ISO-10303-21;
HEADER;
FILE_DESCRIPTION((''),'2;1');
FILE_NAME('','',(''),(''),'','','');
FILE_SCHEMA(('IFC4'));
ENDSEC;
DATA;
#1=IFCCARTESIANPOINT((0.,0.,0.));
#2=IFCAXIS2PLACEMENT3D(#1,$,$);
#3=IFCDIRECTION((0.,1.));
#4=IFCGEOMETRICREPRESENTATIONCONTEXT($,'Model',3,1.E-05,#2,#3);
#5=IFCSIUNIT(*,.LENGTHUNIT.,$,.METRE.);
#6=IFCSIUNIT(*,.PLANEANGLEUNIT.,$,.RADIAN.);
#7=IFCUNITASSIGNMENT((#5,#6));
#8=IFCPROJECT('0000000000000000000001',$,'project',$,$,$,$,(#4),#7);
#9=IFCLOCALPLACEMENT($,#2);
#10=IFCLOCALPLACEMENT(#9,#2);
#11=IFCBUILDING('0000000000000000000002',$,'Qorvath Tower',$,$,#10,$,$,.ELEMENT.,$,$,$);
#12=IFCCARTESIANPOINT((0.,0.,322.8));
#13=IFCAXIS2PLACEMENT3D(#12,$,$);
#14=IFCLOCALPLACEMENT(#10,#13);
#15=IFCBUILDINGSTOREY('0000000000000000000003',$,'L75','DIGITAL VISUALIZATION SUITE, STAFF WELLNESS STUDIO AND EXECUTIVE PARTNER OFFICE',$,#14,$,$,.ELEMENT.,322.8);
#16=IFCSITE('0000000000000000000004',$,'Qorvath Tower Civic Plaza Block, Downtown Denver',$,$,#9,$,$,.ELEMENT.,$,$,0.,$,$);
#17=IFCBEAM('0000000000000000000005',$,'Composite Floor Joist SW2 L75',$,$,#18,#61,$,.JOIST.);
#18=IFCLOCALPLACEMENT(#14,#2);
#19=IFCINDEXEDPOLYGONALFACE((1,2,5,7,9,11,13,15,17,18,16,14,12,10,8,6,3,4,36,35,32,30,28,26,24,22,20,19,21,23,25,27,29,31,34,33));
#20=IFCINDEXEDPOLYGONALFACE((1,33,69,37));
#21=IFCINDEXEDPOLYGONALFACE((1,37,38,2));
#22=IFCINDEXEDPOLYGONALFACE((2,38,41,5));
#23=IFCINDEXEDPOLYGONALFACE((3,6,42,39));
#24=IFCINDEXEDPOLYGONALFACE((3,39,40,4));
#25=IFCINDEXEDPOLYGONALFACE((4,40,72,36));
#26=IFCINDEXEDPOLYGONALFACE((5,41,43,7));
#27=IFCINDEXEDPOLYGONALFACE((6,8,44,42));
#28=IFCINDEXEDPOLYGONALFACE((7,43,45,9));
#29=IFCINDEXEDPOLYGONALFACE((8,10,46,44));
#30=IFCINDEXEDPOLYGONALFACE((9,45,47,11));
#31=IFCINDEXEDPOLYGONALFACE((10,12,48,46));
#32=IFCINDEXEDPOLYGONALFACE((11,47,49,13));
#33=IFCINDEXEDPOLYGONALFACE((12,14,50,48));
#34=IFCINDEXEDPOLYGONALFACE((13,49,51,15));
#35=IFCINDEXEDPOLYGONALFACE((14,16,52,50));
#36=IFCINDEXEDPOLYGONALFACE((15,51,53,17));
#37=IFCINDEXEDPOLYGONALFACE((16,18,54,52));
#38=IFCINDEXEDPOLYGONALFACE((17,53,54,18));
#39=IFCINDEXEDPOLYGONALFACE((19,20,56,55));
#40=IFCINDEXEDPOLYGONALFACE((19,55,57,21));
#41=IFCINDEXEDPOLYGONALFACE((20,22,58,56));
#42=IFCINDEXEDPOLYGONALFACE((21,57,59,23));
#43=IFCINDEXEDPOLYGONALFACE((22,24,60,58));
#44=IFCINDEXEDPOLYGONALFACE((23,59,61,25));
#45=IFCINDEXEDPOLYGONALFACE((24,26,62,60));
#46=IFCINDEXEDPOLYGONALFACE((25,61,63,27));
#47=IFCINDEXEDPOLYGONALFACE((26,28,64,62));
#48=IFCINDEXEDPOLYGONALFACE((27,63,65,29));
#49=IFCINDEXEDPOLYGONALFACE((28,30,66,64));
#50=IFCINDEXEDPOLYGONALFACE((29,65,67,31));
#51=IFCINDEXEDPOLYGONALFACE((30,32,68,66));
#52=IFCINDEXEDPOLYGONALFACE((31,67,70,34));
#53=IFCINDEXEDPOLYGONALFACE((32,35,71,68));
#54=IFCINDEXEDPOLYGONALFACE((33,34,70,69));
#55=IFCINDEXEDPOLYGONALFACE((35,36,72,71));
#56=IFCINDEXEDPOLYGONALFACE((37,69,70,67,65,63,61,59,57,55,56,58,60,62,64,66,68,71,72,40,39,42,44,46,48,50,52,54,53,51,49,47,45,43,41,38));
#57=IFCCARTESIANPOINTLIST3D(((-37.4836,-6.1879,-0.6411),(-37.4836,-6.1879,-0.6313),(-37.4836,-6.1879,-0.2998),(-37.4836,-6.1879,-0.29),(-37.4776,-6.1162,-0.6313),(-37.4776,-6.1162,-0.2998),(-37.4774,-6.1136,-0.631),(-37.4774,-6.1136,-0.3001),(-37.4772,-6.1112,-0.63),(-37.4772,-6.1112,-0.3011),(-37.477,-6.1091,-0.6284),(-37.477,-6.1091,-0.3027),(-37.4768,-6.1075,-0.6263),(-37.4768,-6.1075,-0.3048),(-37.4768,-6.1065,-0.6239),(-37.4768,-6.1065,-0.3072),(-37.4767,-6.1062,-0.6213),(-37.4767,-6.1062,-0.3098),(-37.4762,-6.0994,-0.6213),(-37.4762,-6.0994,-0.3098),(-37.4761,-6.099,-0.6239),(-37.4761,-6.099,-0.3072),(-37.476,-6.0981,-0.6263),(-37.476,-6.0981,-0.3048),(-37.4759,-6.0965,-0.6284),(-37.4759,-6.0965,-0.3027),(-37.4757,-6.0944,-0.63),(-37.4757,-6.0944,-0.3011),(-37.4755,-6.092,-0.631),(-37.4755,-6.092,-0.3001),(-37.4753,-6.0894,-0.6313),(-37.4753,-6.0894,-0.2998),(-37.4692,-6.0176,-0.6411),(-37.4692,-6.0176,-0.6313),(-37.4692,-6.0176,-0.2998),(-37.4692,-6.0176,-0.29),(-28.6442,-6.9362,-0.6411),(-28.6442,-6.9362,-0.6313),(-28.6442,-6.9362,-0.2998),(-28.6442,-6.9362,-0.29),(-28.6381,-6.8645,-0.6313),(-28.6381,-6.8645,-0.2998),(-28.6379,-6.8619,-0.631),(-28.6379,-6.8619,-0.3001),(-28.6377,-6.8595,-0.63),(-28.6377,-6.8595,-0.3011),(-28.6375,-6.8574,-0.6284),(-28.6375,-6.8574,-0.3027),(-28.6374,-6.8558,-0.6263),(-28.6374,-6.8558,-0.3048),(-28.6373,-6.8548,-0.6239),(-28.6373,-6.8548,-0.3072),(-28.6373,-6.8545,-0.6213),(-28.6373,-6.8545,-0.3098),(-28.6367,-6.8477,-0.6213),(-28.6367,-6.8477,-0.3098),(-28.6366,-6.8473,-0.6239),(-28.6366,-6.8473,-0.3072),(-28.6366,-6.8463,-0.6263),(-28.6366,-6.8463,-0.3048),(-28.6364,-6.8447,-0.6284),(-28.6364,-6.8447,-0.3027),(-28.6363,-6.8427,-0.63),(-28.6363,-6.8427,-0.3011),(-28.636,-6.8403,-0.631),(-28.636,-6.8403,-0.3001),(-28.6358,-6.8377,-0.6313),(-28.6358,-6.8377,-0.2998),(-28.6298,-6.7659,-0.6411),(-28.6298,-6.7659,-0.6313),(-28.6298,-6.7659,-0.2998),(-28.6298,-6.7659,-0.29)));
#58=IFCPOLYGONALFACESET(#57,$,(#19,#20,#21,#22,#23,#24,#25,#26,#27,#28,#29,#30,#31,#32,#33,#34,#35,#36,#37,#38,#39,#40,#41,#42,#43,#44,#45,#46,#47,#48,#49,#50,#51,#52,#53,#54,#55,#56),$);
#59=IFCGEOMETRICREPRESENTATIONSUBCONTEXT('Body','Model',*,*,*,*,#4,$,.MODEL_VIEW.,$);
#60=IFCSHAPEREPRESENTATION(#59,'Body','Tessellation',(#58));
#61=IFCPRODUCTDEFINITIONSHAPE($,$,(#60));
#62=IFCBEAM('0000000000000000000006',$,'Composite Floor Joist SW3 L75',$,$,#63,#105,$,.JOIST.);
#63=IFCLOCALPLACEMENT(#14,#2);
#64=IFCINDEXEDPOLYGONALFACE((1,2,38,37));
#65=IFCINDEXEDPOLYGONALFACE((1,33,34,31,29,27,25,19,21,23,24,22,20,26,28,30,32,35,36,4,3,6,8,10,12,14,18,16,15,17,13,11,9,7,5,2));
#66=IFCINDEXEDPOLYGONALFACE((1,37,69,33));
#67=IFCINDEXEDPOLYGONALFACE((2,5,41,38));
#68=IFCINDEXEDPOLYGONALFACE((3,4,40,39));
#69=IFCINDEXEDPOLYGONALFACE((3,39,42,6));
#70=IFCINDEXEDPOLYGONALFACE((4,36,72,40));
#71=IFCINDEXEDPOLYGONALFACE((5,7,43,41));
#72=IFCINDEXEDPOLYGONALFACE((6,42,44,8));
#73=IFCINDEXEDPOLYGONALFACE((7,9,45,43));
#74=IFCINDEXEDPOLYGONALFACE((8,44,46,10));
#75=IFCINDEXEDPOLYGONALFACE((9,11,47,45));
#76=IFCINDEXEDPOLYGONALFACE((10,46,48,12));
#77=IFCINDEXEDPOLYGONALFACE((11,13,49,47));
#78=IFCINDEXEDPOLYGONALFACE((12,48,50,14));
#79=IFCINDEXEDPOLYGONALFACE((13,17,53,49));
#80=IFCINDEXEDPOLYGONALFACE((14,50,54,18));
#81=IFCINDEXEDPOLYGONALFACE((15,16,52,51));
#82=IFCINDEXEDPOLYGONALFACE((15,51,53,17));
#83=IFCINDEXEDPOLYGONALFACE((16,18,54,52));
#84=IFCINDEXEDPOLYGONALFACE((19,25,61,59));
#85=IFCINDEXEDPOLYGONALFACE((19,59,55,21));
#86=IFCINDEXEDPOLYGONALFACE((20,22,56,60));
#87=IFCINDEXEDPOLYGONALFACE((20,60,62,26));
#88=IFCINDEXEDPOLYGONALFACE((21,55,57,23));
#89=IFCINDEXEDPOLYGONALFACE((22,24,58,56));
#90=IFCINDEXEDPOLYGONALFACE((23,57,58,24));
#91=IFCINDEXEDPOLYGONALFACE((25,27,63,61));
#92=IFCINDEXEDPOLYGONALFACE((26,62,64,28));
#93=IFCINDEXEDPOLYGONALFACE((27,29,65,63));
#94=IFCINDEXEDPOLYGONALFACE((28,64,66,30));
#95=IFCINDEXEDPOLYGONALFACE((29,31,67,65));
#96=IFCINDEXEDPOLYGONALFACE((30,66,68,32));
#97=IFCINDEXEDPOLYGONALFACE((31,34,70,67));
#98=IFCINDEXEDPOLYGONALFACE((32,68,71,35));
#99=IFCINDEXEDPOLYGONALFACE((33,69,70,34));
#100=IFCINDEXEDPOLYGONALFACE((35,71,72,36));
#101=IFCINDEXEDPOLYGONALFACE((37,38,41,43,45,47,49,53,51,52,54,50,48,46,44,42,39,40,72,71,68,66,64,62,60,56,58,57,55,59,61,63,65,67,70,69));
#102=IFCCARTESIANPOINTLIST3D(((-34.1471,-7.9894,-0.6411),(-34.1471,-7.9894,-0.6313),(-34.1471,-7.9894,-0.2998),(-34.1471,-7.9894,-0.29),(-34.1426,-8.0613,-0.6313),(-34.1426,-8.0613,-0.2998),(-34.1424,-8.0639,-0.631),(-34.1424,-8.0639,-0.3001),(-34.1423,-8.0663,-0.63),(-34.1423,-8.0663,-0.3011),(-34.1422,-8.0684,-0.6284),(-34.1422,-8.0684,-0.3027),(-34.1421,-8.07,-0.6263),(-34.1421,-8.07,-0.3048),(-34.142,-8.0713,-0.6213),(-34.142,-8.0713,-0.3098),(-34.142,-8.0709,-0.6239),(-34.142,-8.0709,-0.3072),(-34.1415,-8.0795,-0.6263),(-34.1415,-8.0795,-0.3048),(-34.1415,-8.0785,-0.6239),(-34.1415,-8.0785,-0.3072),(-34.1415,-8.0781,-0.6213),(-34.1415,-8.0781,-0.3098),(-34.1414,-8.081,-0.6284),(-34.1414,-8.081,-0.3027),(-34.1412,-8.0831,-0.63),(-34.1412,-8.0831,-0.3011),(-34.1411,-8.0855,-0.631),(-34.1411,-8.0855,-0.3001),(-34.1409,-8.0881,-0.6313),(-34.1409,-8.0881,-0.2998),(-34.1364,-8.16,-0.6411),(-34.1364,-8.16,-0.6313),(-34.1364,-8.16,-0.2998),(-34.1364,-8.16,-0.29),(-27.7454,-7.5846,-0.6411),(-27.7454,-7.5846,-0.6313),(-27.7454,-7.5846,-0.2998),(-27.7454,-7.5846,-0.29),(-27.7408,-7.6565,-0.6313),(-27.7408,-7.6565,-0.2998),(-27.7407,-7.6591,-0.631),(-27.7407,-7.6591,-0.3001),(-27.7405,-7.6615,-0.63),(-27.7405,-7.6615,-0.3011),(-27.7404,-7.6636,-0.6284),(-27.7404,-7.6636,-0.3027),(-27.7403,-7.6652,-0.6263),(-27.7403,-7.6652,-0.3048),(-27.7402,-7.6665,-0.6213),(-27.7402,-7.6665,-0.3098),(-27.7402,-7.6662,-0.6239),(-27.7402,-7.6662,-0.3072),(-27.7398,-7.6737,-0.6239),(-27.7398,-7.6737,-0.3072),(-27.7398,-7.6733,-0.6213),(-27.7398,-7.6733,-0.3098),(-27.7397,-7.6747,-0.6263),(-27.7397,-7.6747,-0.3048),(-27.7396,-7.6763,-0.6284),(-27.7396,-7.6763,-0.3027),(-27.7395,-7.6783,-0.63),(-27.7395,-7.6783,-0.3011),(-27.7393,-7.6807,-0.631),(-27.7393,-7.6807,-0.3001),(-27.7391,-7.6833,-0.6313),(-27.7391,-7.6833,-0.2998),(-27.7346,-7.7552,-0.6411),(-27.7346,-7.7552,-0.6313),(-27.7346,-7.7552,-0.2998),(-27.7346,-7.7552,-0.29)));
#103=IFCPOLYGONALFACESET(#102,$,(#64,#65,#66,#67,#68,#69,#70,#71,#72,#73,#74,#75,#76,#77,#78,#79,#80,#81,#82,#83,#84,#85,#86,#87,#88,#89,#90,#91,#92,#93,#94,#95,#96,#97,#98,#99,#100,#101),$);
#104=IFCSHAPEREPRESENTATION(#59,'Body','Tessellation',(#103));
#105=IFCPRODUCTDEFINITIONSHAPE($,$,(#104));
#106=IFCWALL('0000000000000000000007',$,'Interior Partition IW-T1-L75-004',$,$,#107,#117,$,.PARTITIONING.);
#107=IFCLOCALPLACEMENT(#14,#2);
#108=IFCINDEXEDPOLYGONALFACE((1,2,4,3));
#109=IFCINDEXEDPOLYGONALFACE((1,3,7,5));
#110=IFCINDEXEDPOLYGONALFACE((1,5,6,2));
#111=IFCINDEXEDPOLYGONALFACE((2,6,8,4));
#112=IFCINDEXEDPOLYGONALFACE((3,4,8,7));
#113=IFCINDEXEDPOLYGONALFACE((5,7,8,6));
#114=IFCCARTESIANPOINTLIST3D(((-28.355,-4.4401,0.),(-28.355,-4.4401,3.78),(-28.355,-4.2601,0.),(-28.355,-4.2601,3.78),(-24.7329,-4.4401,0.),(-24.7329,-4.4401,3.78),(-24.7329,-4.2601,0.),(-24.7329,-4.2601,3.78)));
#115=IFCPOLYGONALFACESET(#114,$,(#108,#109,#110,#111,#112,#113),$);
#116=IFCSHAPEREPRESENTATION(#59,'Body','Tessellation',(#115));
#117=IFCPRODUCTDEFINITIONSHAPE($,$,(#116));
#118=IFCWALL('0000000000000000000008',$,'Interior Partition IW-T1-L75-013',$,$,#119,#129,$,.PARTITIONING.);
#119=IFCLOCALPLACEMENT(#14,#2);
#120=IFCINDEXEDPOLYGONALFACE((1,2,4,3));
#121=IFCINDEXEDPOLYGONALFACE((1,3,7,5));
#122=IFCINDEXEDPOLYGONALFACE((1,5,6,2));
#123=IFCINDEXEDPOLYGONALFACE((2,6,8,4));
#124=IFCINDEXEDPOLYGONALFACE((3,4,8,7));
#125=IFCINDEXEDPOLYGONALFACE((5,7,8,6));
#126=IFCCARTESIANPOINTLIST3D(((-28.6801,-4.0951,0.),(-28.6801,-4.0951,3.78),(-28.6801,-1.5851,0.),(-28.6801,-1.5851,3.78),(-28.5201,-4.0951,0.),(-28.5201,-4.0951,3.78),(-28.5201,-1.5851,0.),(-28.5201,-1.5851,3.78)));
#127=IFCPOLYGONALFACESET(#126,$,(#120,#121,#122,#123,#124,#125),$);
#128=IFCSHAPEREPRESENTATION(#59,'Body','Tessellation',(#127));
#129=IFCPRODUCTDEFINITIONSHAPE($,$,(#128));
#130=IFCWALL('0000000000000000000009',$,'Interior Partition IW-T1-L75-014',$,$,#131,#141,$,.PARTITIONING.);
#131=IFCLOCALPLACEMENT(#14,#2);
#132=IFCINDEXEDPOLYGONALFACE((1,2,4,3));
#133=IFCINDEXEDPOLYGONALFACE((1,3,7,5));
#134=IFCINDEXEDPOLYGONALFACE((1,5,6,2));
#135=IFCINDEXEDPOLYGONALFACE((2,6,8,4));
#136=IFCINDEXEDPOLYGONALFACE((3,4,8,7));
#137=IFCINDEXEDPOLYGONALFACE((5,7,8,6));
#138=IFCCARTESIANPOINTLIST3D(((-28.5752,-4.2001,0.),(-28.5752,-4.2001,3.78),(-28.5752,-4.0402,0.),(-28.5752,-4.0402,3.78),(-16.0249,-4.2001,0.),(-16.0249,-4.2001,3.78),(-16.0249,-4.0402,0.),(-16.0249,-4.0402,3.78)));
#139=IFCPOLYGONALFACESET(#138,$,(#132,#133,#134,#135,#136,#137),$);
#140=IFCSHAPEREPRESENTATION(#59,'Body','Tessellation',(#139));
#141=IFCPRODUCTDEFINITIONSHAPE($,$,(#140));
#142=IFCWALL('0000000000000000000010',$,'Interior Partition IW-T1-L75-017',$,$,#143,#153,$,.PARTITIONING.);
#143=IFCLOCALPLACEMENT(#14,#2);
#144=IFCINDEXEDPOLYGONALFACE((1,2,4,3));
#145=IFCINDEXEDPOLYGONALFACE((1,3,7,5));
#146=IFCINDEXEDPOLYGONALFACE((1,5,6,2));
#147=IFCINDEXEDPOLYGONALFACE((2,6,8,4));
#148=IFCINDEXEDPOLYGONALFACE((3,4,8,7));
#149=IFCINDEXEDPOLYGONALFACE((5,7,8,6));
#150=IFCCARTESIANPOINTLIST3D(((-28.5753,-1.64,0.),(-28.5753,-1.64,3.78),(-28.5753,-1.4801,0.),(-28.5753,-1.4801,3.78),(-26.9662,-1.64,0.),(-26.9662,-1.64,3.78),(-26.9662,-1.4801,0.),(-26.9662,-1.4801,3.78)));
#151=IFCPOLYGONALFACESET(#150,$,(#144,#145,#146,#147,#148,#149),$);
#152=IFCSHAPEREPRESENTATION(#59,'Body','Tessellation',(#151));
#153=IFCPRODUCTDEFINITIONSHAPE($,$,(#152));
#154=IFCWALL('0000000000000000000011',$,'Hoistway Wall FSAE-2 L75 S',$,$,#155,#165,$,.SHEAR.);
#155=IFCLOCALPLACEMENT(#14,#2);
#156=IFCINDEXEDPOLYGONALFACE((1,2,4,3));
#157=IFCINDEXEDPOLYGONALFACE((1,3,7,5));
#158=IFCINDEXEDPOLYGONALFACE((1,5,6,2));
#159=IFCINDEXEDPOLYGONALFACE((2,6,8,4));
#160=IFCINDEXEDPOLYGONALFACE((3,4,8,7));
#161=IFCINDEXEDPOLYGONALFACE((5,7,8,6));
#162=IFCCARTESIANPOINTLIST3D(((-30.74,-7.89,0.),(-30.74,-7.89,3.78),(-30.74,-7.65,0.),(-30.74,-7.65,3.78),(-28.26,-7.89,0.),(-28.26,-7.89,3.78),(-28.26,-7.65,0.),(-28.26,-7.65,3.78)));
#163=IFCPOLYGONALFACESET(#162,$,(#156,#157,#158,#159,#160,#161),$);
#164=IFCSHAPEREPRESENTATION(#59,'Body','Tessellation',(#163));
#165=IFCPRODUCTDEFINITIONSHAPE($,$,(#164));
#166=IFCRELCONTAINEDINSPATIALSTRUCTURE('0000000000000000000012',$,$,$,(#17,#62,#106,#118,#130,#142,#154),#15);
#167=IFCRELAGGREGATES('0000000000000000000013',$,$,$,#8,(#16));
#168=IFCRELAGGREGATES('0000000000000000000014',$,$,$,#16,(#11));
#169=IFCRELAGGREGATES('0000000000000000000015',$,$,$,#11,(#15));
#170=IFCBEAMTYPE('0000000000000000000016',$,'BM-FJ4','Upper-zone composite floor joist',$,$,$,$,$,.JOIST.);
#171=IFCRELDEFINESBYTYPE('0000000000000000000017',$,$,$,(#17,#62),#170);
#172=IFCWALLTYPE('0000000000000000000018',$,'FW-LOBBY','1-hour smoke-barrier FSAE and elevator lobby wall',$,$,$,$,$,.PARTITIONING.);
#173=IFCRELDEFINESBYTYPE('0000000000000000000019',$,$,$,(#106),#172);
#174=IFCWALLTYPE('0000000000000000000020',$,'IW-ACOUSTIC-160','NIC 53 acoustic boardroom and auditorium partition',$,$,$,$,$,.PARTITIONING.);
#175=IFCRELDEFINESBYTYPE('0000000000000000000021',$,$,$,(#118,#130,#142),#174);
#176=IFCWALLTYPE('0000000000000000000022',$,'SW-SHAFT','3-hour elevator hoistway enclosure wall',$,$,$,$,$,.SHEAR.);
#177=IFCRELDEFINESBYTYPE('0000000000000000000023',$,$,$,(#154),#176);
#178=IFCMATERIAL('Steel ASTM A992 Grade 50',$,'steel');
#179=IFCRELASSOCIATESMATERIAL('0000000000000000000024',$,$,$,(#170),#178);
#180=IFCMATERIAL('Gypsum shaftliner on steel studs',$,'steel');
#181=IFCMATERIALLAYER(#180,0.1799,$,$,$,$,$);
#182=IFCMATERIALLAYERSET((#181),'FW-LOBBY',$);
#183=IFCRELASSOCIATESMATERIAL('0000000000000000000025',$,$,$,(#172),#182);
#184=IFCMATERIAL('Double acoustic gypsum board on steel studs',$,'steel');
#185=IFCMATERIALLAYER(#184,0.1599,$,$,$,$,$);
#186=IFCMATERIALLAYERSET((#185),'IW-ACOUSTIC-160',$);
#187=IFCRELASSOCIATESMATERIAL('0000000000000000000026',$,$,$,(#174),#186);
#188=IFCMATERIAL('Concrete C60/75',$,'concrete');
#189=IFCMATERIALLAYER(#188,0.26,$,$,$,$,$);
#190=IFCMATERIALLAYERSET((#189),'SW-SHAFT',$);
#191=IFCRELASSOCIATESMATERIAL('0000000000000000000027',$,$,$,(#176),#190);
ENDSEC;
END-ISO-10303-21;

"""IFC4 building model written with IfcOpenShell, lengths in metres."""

from ifc_helpers import new_model, si_unit, direction, frame, frame_2d, origin, origin_2d, place, context, subcontext, project, spatial, rectangle, i_section, extrude, material, layer, layer_set, material_profile, profile_set, type_object, element, save


model = new_model("IFC4")

# Units and contexts
model_context = context("Model", 3, precision=1e-05, world=origin(), true_north=direction((0.0, 1.0)))
body_context = subcontext(model_context, "Body", "Model", "MODEL_VIEW")
ifc_project = project(units=[si_unit("LENGTHUNIT", "METRE"), si_unit("PLANEANGLEUNIT", "RADIAN")], contexts=[model_context])

# Site, building, storey
site_placement = place(None, origin())
site = spatial("IfcSite", under=ifc_project, at=site_placement, Name="Qorvath Tower Civic Plaza Block, Downtown Denver", CompositionType="ELEMENT", RefElevation=0.0)
building_placement = place(site_placement, origin())
building = spatial("IfcBuilding", under=site, at=building_placement, Name="Qorvath Tower", CompositionType="ELEMENT")
storey_placement = place(building_placement, frame((0.0, 0.0, 322.8)))
storey = spatial("IfcBuildingStorey", under=building, at=storey_placement, Name="L75", Description="DIGITAL VISUALIZATION SUITE, STAFF WELLNESS STUDIO AND EXECUTIVE PARTNER OFFICE", CompositionType="ELEMENT", Elevation=322.8)

# Beams
ifc_material_1 = material(Name="Steel ASTM A992 Grade 50", Category="steel")
ifc_material_profile = material_profile(ifc_material_1, i_section(OverallWidth=0.1709, OverallDepth=0.3511, WebThickness=0.0068, FlangeThickness=0.0098, FilletRadius=0.01, at=origin_2d()), Name="W14x30")
ifc_profile_set = profile_set([ifc_material_profile], Name="Steel ASTM A992 Grade 50")
beam_type = type_object("IfcBeamType", Name="BM-FJ4", Description="Upper-zone composite floor joist", PredefinedType="JOIST", material=ifc_profile_set)
beam_1_placement = place(storey_placement, frame((-28.637, -6.8511, -0.4656), z_axis=(-0.996436, 0.08435, 0.0), x_axis=(-0.08435, -0.996436, 0.0)))
element("IfcBeam", 1, at=beam_1_placement, inside=storey, type_object=beam_type, Name="Composite Floor Joist SW2 L75", PredefinedType="JOIST", context=body_context, shape_type="SweptSolid", body=[
    extrude(i_section(OverallWidth=0.1709, OverallDepth=0.3511, WebThickness=0.0068, FlangeThickness=0.0098, FilletRadius=0.01, at=origin_2d()), origin(), (0.0, 0.0, 1.0), 8.8711),
])
beam_2_placement = place(storey_placement, frame((-27.74, -7.6699, -0.4656), z_axis=(-0.998007, -0.063103, 0.0), x_axis=(0.063103, -0.998007, 0.0)))
element("IfcBeam", 2, at=beam_2_placement, inside=storey, type_object=beam_type, Name="Composite Floor Joist SW3 L75", PredefinedType="JOIST", context=body_context, shape_type="SweptSolid", body=[
    extrude(i_section(OverallWidth=0.1709, OverallDepth=0.3511, WebThickness=0.0068, FlangeThickness=0.0098, FilletRadius=0.01, at=origin_2d()), origin(), (0.0, 0.0, 1.0), 6.4146),
])

# Shared definitions
ifc_material_2 = material(Name="Gypsum shaftliner on steel studs", Category="steel")
ifc_layer_1 = layer(ifc_material_2, 0.1799)
ifc_layer_set_1 = layer_set([ifc_layer_1], Name="FW-LOBBY")
wall_type_1 = type_object("IfcWallType", Name="FW-LOBBY", Description="1-hour smoke-barrier FSAE and elevator lobby wall", PredefinedType="PARTITIONING", material=ifc_layer_set_1)

# Walls
wall_1_placement = place(storey_placement, frame((-24.7329, -4.3501, 0.0), z_axis=(0.0, 0.0, 1.0), x_axis=(-1.0, 0.0, 0.0)))
element("IfcWall", 3, at=wall_1_placement, inside=storey, type_object=wall_type_1, Name="Interior Partition IW-T1-L75-004", PredefinedType="PARTITIONING", context=body_context, shape_type="SweptSolid", body=[
    extrude(rectangle(XDim=3.6221, YDim=0.1799, at=frame_2d((1.811, 0.0))), origin(), (0.0, 0.0, 1.0), 3.78),
])
ifc_material_3 = material(Name="Double acoustic gypsum board on steel studs", Category="steel")
ifc_layer_2 = layer(ifc_material_3, 0.1599)
ifc_layer_set_2 = layer_set([ifc_layer_2], Name="IW-ACOUSTIC-160")
wall_type_2 = type_object("IfcWallType", Name="IW-ACOUSTIC-160", Description="NIC 53 acoustic boardroom and auditorium partition", PredefinedType="PARTITIONING", material=ifc_layer_set_2)
wall_2_placement = place(storey_placement, frame((-28.6001, -1.5852, 0.0), z_axis=(0.0, 0.0, 1.0), x_axis=(0.0, -1.0, 0.0)))
element("IfcWall", 4, at=wall_2_placement, inside=storey, type_object=wall_type_2, Name="Interior Partition IW-T1-L75-013", PredefinedType="PARTITIONING", context=body_context, shape_type="SweptSolid", body=[
    extrude(rectangle(XDim=2.51, YDim=0.1599, at=frame_2d((1.2549, 0.0))), origin(), (0.0, 0.0, 1.0), 3.78),
])
wall_3_placement = place(storey_placement, frame((-28.5752, -4.1201, 0.0), z_axis=(0.0, 0.0, 1.0), x_axis=(1.0, 0.0, 0.0)))
element("IfcWall", 5, at=wall_3_placement, inside=storey, type_object=wall_type_2, Name="Interior Partition IW-T1-L75-014", PredefinedType="PARTITIONING", context=body_context, shape_type="SweptSolid", body=[
    extrude(rectangle(XDim=12.5503, YDim=0.1599, at=frame_2d((6.2751, 0.0))), origin(), (0.0, 0.0, 1.0), 3.78),
])
wall_4_placement = place(storey_placement, frame((-26.9661, -1.5601, 0.0), z_axis=(0.0, 0.0, 1.0), x_axis=(-1.0, 0.0, 0.0)))
element("IfcWall", 6, at=wall_4_placement, inside=storey, type_object=wall_type_2, Name="Interior Partition IW-T1-L75-017", PredefinedType="PARTITIONING", context=body_context, shape_type="SweptSolid", body=[
    extrude(rectangle(XDim=1.6091, YDim=0.1599, at=frame_2d((0.8047, 0.0))), origin(), (0.0, 0.0, 1.0), 3.78),
])
ifc_material_4 = material(Name="Concrete C60/75", Category="concrete")
ifc_layer_3 = layer(ifc_material_4, 0.26)
ifc_layer_set_3 = layer_set([ifc_layer_3], Name="SW-SHAFT")
wall_type_3 = type_object("IfcWallType", Name="SW-SHAFT", Description="3-hour elevator hoistway enclosure wall", PredefinedType="SHEAR", material=ifc_layer_set_3)
wall_5_placement = place(storey_placement, frame((-28.26, -7.77, 0.0), z_axis=(0.0, 0.0, 1.0), x_axis=(-1.0, 0.0, 0.0)))
element("IfcWall", 7, at=wall_5_placement, inside=storey, type_object=wall_type_3, Name="Hoistway Wall FSAE-2 L75 S", PredefinedType="SHEAR", context=body_context, shape_type="SweptSolid", body=[
    extrude(rectangle(XDim=2.48, YDim=0.24, at=frame_2d((1.24, 0.0))), origin(), (0.0, 0.0, 1.0), 3.78),
])

save(model, "model.ifc")
